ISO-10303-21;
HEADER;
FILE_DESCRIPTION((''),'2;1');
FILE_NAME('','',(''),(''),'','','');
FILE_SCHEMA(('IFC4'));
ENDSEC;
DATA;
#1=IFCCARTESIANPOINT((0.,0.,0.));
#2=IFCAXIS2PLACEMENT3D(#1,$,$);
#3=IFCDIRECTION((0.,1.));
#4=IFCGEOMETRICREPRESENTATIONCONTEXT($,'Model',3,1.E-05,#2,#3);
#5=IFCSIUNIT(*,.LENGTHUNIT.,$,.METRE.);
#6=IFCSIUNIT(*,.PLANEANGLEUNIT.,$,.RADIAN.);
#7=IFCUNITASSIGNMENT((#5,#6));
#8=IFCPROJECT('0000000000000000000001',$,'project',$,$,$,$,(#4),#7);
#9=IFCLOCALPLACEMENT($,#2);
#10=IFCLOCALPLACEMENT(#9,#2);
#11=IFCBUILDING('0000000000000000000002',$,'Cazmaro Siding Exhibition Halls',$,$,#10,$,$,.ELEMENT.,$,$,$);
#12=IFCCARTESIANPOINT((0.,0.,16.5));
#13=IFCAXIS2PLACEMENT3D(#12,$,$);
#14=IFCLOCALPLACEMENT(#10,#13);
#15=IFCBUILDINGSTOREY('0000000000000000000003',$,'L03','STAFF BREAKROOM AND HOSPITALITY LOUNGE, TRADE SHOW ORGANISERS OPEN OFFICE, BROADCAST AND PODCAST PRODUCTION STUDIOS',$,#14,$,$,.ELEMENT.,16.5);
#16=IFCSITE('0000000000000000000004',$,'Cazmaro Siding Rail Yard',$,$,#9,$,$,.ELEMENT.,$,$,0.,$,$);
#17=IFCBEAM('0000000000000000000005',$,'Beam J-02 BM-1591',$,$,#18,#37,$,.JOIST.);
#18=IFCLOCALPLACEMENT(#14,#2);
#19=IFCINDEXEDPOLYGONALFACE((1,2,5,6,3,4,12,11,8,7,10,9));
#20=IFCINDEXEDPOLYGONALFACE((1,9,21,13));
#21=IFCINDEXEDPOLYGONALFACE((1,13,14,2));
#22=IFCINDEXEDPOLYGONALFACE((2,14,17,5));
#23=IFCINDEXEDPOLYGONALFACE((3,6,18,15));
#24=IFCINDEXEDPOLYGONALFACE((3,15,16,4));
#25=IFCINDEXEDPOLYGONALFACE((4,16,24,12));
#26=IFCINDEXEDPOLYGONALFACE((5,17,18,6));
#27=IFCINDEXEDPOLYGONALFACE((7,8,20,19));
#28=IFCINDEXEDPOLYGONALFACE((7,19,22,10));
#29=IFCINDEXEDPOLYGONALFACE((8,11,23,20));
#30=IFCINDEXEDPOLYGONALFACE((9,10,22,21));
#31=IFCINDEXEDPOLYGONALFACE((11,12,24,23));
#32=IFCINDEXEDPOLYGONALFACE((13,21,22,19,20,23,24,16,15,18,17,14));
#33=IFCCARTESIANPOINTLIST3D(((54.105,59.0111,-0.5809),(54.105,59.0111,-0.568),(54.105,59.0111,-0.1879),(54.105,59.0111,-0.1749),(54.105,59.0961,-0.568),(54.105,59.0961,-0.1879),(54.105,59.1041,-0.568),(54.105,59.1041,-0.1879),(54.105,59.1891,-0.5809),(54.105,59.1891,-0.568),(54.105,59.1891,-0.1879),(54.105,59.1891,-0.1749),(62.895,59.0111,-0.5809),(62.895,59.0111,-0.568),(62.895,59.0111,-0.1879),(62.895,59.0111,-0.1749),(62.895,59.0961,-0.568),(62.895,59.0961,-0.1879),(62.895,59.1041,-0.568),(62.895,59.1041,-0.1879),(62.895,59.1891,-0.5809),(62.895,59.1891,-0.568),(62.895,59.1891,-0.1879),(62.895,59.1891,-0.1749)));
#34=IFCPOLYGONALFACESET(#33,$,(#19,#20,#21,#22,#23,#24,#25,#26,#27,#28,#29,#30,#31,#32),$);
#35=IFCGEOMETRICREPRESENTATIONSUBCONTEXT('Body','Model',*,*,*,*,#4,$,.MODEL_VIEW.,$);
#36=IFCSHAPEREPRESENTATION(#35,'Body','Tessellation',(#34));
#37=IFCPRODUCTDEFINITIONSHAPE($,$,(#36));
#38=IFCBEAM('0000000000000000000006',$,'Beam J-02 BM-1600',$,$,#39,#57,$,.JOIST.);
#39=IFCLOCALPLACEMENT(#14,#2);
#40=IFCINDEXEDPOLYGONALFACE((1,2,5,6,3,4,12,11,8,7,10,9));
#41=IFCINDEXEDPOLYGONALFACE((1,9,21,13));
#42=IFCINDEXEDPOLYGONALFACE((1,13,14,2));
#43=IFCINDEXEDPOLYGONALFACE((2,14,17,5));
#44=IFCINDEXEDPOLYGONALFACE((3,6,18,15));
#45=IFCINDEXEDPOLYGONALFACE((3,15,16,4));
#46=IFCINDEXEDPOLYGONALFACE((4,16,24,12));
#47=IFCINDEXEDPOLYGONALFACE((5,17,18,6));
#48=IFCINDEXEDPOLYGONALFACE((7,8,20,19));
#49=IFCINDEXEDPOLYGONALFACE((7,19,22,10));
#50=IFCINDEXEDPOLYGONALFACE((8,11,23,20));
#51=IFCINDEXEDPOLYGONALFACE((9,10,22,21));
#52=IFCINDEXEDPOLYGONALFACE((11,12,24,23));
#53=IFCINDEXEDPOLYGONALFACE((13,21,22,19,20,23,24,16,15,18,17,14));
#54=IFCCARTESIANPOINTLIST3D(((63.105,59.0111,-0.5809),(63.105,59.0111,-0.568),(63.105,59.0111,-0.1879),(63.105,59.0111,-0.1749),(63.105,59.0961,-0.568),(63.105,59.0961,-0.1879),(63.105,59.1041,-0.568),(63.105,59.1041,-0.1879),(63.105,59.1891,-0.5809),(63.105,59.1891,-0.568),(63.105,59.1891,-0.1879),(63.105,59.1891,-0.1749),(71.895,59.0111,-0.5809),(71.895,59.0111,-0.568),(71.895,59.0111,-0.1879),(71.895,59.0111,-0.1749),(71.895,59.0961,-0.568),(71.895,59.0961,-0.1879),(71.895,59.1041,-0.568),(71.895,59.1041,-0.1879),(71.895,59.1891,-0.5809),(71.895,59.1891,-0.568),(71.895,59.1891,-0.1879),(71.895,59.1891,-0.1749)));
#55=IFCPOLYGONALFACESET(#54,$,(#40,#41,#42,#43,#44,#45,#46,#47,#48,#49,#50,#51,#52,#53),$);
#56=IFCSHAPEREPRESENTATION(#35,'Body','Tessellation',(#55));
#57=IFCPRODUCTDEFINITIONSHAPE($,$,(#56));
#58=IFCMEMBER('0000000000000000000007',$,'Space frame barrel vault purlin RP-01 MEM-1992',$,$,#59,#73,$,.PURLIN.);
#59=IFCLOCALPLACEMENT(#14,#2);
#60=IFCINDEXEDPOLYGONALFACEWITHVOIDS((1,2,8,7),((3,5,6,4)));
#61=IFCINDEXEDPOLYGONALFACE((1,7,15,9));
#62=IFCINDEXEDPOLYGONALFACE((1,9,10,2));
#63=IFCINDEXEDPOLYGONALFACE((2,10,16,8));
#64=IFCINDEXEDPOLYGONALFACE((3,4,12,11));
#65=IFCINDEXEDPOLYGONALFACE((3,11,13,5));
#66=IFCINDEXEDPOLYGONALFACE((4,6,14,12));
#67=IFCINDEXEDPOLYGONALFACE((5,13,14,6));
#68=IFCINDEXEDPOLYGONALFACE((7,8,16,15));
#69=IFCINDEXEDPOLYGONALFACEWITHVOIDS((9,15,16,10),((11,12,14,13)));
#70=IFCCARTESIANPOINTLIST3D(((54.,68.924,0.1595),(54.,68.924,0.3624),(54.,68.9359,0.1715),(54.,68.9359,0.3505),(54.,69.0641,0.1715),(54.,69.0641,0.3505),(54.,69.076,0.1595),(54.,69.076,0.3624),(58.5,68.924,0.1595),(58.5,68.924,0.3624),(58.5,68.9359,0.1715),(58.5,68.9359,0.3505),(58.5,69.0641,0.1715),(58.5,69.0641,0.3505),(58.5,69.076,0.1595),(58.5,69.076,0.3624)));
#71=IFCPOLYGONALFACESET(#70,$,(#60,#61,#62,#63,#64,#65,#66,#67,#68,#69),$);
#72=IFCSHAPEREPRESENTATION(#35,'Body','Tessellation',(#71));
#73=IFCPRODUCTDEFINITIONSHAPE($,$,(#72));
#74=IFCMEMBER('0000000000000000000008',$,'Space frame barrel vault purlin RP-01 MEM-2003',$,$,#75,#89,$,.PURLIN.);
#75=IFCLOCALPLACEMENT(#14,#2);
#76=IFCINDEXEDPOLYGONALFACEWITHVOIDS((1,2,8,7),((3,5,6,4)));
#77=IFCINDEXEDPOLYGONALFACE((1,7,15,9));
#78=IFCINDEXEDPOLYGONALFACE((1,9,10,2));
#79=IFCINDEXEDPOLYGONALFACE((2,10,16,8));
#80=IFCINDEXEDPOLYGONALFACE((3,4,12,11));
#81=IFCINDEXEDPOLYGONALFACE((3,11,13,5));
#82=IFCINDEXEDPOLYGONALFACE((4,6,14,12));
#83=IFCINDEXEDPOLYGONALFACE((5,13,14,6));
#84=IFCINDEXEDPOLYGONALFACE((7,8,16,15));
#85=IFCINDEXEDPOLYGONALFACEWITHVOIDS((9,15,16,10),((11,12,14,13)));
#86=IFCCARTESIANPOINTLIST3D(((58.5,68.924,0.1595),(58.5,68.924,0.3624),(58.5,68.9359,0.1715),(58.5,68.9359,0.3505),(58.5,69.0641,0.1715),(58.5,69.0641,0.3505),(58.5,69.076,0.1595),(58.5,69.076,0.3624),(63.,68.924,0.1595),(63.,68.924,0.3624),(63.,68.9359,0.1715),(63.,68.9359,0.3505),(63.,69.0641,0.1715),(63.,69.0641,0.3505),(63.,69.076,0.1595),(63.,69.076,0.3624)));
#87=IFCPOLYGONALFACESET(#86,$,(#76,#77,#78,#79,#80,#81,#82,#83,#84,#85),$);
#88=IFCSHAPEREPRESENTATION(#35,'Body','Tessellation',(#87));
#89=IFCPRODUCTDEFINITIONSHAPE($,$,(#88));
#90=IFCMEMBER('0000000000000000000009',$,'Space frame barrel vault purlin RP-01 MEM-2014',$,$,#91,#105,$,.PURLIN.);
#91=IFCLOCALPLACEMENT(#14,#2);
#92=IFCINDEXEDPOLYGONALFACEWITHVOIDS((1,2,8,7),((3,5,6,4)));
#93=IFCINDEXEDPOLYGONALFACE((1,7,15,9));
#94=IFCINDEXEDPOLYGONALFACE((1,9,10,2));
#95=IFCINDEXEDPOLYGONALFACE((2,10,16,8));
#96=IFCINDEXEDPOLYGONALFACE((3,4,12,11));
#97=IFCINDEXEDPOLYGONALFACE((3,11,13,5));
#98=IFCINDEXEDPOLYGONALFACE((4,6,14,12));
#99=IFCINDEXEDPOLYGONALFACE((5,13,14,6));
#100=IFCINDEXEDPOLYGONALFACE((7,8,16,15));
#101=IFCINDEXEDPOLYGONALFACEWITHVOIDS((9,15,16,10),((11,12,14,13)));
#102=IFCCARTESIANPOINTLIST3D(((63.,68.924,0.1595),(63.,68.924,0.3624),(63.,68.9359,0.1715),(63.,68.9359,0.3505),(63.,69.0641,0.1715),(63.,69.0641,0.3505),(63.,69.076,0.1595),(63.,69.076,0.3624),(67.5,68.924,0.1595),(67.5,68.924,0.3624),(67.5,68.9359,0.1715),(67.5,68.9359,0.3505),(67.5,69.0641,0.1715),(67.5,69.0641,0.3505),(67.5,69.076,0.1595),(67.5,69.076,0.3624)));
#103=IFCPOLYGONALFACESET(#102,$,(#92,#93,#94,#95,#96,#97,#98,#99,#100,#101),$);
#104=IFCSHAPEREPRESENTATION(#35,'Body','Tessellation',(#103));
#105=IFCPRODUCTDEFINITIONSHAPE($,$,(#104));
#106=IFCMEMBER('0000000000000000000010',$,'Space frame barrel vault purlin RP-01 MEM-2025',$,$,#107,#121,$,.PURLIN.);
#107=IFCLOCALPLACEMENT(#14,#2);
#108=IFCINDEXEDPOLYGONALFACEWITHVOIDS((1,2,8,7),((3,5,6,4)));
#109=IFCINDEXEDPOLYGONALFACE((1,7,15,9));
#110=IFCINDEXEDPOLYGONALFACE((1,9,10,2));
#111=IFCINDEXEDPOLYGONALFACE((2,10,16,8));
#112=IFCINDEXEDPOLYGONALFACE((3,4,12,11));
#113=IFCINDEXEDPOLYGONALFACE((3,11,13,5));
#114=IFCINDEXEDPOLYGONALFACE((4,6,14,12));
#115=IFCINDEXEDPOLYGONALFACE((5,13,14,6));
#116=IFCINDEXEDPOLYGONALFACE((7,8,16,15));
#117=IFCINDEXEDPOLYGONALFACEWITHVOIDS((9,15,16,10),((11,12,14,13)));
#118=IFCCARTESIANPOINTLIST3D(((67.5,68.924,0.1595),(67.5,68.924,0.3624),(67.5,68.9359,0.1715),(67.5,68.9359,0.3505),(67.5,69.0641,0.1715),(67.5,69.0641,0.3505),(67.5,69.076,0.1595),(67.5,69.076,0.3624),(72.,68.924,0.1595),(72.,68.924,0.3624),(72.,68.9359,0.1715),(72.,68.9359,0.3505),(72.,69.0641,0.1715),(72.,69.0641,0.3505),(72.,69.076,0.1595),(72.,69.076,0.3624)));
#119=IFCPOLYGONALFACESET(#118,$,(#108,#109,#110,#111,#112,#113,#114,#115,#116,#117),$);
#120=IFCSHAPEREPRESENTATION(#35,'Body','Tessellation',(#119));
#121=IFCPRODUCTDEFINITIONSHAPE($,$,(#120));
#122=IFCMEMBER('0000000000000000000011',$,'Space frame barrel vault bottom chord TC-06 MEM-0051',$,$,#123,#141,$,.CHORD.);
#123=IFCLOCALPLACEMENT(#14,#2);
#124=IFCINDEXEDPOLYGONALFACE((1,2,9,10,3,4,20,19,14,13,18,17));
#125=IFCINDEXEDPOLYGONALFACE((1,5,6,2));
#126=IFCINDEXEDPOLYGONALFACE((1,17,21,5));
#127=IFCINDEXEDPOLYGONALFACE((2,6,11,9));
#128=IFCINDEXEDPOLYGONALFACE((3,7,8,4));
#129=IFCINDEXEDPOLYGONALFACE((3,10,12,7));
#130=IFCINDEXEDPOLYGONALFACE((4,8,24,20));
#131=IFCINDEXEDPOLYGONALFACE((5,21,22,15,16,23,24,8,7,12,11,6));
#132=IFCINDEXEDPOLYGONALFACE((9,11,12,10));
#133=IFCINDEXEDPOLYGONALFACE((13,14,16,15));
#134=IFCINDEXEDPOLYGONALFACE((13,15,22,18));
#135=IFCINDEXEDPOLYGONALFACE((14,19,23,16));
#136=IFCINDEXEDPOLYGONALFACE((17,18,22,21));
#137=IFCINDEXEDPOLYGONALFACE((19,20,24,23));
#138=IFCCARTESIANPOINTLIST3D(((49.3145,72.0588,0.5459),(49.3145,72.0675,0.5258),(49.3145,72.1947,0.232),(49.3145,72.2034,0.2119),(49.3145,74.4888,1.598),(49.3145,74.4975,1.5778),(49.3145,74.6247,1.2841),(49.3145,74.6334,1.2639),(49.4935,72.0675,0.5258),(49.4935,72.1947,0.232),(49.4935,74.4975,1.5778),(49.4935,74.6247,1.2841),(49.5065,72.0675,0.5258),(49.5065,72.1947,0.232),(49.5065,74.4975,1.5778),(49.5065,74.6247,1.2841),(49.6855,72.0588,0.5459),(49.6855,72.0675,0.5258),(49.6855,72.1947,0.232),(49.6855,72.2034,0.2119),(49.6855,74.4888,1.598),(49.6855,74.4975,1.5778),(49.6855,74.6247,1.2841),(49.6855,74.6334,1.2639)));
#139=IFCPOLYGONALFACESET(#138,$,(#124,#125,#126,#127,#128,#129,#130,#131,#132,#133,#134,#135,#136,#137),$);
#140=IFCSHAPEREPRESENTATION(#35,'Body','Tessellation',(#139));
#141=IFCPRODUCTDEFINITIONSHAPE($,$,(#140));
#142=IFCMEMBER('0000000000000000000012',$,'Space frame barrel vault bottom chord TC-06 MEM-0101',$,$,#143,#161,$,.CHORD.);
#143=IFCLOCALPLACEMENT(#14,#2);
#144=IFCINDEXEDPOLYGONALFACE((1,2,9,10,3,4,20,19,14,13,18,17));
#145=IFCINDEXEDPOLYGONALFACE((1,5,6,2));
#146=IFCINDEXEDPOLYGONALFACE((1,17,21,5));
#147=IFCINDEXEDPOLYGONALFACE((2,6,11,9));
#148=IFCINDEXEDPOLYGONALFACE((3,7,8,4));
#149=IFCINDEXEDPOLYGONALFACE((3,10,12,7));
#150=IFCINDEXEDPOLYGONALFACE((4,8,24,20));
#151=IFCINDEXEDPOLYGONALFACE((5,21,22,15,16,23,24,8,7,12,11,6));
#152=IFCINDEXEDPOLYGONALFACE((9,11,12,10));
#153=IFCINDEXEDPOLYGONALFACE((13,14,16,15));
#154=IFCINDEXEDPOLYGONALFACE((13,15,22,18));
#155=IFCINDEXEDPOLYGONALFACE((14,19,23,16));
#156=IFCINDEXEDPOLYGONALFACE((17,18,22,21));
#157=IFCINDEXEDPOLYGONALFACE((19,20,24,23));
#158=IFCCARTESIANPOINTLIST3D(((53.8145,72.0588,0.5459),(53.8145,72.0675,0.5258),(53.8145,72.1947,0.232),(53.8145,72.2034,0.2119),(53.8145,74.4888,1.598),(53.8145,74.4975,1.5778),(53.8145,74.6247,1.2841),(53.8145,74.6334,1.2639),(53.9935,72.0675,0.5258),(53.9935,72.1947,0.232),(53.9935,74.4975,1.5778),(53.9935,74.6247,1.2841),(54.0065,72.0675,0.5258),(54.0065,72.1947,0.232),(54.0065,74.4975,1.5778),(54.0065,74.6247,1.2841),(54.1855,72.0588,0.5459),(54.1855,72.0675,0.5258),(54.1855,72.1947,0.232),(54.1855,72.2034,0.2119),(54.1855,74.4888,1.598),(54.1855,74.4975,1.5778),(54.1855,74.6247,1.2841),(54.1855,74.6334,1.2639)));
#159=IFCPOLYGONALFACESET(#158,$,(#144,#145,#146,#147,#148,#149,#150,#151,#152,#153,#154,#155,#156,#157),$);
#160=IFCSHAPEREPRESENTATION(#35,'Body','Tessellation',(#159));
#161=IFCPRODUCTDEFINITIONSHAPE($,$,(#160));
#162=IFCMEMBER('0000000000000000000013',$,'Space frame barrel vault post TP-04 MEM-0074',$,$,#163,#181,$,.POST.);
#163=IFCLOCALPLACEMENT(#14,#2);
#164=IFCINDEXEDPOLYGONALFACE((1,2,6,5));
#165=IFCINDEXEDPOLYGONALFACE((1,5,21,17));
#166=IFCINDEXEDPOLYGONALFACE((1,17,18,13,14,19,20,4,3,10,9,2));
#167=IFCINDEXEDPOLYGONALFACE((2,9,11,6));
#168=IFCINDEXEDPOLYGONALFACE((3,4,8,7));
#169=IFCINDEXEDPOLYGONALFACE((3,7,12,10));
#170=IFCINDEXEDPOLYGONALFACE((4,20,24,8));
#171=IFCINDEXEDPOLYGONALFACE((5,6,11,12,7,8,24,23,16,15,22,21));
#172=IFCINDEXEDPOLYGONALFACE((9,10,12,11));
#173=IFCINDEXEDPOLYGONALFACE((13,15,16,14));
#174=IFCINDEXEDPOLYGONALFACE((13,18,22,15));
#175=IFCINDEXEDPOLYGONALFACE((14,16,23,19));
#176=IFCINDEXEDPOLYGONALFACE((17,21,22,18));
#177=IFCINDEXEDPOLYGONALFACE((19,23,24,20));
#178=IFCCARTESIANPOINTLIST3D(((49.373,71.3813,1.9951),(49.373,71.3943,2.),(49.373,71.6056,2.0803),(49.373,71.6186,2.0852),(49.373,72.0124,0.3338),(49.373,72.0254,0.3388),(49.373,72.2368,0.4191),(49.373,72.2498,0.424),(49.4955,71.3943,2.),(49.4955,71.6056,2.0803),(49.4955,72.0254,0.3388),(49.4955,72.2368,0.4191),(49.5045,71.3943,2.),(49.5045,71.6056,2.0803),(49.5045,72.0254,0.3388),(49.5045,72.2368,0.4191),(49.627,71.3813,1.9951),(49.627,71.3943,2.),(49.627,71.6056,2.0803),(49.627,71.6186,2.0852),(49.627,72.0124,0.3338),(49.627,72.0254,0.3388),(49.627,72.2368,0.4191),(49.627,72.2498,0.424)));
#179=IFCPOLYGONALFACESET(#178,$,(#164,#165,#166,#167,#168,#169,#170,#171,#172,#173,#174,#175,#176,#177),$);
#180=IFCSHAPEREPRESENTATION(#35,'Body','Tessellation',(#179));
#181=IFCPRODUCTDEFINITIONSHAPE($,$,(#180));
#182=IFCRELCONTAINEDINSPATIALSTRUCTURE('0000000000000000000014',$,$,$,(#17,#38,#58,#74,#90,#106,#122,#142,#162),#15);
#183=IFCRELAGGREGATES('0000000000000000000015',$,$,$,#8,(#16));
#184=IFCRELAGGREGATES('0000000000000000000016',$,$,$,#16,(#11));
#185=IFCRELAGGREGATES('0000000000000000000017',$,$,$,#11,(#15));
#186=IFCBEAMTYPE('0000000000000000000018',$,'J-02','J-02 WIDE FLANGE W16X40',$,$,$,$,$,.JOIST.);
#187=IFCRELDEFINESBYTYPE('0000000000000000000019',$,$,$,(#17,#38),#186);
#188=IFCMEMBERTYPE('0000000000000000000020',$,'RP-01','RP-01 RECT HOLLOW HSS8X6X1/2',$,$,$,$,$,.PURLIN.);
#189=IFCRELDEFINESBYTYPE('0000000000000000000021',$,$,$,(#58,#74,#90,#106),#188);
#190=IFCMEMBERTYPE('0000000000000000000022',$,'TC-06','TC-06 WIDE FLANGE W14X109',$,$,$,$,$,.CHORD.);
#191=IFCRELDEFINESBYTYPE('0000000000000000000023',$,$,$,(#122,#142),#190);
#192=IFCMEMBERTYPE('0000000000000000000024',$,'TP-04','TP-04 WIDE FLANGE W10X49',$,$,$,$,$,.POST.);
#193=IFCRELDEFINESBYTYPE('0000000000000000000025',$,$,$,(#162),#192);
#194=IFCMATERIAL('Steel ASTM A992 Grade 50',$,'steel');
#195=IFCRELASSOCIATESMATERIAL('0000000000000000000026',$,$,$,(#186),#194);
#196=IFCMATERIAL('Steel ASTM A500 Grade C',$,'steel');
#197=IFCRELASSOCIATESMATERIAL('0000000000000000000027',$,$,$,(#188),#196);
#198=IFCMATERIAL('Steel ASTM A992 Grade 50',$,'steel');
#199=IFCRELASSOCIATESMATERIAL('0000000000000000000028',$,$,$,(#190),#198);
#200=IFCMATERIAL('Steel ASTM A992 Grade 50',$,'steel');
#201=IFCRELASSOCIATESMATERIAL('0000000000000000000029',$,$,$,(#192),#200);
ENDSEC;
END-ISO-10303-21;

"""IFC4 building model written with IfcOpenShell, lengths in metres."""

from ifc_helpers import new_model, si_unit, direction, frame, origin, origin_2d, place, context, subcontext, project, spatial, hollow_rectangle, i_section, extrude, material, material_profile, profile_set, type_object, element, save


model = new_model("IFC4")

# Units and contexts
model_context = context("Model", 3, precision=1e-05, world=origin(), true_north=direction((0.0, 1.0)))
body_context = subcontext(model_context, "Body", "Model", "MODEL_VIEW")
ifc_project = project(units=[si_unit("LENGTHUNIT", "METRE"), si_unit("PLANEANGLEUNIT", "RADIAN")], contexts=[model_context])

# Site, building, storey
site_placement = place(None, origin())
site = spatial("IfcSite", under=ifc_project, at=site_placement, Name="Cazmaro Siding Rail Yard", CompositionType="ELEMENT", RefElevation=0.0)
building_placement = place(site_placement, origin())
building = spatial("IfcBuilding", under=site, at=building_placement, Name="Cazmaro Siding Exhibition Halls", CompositionType="ELEMENT")
storey_placement = place(building_placement, frame((0.0, 0.0, 16.5)))
storey = spatial("IfcBuildingStorey", under=building, at=storey_placement, Name="L03", Description="STAFF BREAKROOM AND HOSPITALITY LOUNGE, TRADE SHOW ORGANISERS OPEN OFFICE, BROADCAST AND PODCAST PRODUCTION STUDIOS", CompositionType="ELEMENT", Elevation=16.5)

# Beams
ifc_material_1 = material(Name="Steel ASTM A992 Grade 50", Category="steel")
ifc_material_profile_1 = material_profile(ifc_material_1, i_section(OverallWidth=0.178, OverallDepth=0.406, WebThickness=0.0081, FlangeThickness=0.0129, at=origin_2d()), Name="W16X40")
ifc_profile_set_1 = profile_set([ifc_material_profile_1], Name="Steel ASTM A992 Grade 50")
beam_type_1 = type_object("IfcBeamType", Name="J-02", Description="J-02 WIDE FLANGE W16X40", PredefinedType="JOIST", material=ifc_profile_set_1)
for number, where, z_axis, x_axis, name in (
    (1, (54.105, 59.1001, -0.3779), (1.0, 0.0, 0.0), (0.0, 1.0, 0.0), "Beam J-02 BM-1591"),
    (2, (63.105, 59.1001, -0.3779), (1.0, 0.0, 0.0), (0.0, 1.0, 0.0), "Beam J-02 BM-1600"),
):
    element("IfcBeam", number, at=place(storey_placement, frame(where, z_axis=z_axis, x_axis=x_axis)), inside=storey, type_object=beam_type_1, Name=name, PredefinedType="JOIST", context=body_context, shape_type="SweptSolid", body=[
        extrude(i_section(OverallWidth=0.178, OverallDepth=0.406, WebThickness=0.0081, FlangeThickness=0.0129, at=origin_2d()), origin(), (0.0, 0.0, 1.0), 8.79),
    ])

# Members
ifc_material_2 = material(Name="Steel ASTM A500 Grade C", Category="steel")
ifc_material_profile_2 = material_profile(ifc_material_2, hollow_rectangle(XDim=0.1521, YDim=0.2029, WallThickness=0.012, at=origin_2d()), Name="HSS8X6X1/2")
ifc_profile_set_2 = profile_set([ifc_material_profile_2], Name="Steel ASTM A500 Grade C")
member_type_1 = type_object("IfcMemberType", Name="RP-01", Description="RP-01 RECT HOLLOW HSS8X6X1/2", PredefinedType="PURLIN", material=ifc_profile_set_2)
for number, where, z_axis, x_axis, name in (
    (3, (54.0, 69.0, 0.261), (1.0, 0.0, 0.0), (0.0, 1.0, 0.0), "Space frame barrel vault purlin RP-01 MEM-1992"),
    (4, (58.5, 69.0, 0.261), (1.0, 0.0, 0.0), (0.0, 1.0, 0.0), "Space frame barrel vault purlin RP-01 MEM-2003"),
    (5, (63.0, 69.0, 0.261), (1.0, 0.0, 0.0), (0.0, 1.0, 0.0), "Space frame barrel vault purlin RP-01 MEM-2014"),
    (6, (67.5, 69.0, 0.261), (1.0, 0.0, 0.0), (0.0, 1.0, 0.0), "Space frame barrel vault purlin RP-01 MEM-2025"),
):
    element("IfcMember", number, at=place(storey_placement, frame(where, z_axis=z_axis, x_axis=x_axis)), inside=storey, type_object=member_type_1, Name=name, PredefinedType="PURLIN", context=body_context, shape_type="SweptSolid", body=[
        extrude(hollow_rectangle(XDim=0.1521, YDim=0.2029, WallThickness=0.012, at=origin_2d()), origin(), (0.0, 0.0, 1.0), 4.5),
    ])
ifc_material_3 = material(Name="Steel ASTM A992 Grade 50", Category="steel")
ifc_material_profile_3 = material_profile(ifc_material_3, i_section(OverallWidth=0.3711, OverallDepth=0.364, WebThickness=0.0129, FlangeThickness=0.022, at=origin_2d()), Name="W14X109")
ifc_profile_set_3 = profile_set([ifc_material_profile_3], Name="Steel ASTM A992 Grade 50")
member_type_2 = type_object("IfcMemberType", Name="TC-06", Description="TC-06 WIDE FLANGE W14X109", PredefinedType="CHORD", material=ifc_profile_set_3)
for number, where, z_axis, x_axis, name in (
    (7, (49.5, 72.1311, 0.3789), (0.0, 0.917689, 0.397299), (-1.0, 0.0, 0.0), "Space frame barrel vault bottom chord TC-06 MEM-0051"),
    (8, (54.0, 72.1311, 0.3789), (0.0, 0.917689, 0.397299), (-1.0, 0.0, 0.0), "Space frame barrel vault bottom chord TC-06 MEM-0101"),
):
    element("IfcMember", number, at=place(storey_placement, frame(where, z_axis=z_axis, x_axis=x_axis)), inside=storey, type_object=member_type_2, Name=name, PredefinedType="CHORD", context=body_context, shape_type="SweptSolid", body=[
        extrude(i_section(OverallWidth=0.3711, OverallDepth=0.364, WebThickness=0.0129, FlangeThickness=0.022, at=origin_2d()), origin(), (0.0, 0.0, 1.0), 2.6479),
    ])
ifc_material_4 = material(Name="Steel ASTM A992 Grade 50", Category="steel")
ifc_material_profile_4 = material_profile(ifc_material_4, i_section(OverallWidth=0.2539, OverallDepth=0.2539, WebThickness=0.009, FlangeThickness=0.0139, at=origin_2d()), Name="W10X49")
ifc_profile_set_4 = profile_set([ifc_material_profile_4], Name="Steel ASTM A992 Grade 50")
member_type_3 = type_object("IfcMemberType", Name="TP-04", Description="TP-04 WIDE FLANGE W10X49", PredefinedType="POST", material=ifc_profile_set_4)
member_1_placement = place(storey_placement, frame((49.5, 72.1311, 0.3789), z_axis=(0.0, -0.355155, 0.934807), x_axis=(1.0, 0.0, 0.0)))
element("IfcMember", 9, at=member_1_placement, inside=storey, type_object=member_type_3, Name="Space frame barrel vault post TP-04 MEM-0074", PredefinedType="POST", context=body_context, shape_type="SweptSolid", body=[
    extrude(i_section(OverallWidth=0.2539, OverallDepth=0.2539, WebThickness=0.009, FlangeThickness=0.0139, at=origin_2d()), origin(), (0.0, 0.0, 1.0), 1.7771),
])

save(model, "model.ifc")
